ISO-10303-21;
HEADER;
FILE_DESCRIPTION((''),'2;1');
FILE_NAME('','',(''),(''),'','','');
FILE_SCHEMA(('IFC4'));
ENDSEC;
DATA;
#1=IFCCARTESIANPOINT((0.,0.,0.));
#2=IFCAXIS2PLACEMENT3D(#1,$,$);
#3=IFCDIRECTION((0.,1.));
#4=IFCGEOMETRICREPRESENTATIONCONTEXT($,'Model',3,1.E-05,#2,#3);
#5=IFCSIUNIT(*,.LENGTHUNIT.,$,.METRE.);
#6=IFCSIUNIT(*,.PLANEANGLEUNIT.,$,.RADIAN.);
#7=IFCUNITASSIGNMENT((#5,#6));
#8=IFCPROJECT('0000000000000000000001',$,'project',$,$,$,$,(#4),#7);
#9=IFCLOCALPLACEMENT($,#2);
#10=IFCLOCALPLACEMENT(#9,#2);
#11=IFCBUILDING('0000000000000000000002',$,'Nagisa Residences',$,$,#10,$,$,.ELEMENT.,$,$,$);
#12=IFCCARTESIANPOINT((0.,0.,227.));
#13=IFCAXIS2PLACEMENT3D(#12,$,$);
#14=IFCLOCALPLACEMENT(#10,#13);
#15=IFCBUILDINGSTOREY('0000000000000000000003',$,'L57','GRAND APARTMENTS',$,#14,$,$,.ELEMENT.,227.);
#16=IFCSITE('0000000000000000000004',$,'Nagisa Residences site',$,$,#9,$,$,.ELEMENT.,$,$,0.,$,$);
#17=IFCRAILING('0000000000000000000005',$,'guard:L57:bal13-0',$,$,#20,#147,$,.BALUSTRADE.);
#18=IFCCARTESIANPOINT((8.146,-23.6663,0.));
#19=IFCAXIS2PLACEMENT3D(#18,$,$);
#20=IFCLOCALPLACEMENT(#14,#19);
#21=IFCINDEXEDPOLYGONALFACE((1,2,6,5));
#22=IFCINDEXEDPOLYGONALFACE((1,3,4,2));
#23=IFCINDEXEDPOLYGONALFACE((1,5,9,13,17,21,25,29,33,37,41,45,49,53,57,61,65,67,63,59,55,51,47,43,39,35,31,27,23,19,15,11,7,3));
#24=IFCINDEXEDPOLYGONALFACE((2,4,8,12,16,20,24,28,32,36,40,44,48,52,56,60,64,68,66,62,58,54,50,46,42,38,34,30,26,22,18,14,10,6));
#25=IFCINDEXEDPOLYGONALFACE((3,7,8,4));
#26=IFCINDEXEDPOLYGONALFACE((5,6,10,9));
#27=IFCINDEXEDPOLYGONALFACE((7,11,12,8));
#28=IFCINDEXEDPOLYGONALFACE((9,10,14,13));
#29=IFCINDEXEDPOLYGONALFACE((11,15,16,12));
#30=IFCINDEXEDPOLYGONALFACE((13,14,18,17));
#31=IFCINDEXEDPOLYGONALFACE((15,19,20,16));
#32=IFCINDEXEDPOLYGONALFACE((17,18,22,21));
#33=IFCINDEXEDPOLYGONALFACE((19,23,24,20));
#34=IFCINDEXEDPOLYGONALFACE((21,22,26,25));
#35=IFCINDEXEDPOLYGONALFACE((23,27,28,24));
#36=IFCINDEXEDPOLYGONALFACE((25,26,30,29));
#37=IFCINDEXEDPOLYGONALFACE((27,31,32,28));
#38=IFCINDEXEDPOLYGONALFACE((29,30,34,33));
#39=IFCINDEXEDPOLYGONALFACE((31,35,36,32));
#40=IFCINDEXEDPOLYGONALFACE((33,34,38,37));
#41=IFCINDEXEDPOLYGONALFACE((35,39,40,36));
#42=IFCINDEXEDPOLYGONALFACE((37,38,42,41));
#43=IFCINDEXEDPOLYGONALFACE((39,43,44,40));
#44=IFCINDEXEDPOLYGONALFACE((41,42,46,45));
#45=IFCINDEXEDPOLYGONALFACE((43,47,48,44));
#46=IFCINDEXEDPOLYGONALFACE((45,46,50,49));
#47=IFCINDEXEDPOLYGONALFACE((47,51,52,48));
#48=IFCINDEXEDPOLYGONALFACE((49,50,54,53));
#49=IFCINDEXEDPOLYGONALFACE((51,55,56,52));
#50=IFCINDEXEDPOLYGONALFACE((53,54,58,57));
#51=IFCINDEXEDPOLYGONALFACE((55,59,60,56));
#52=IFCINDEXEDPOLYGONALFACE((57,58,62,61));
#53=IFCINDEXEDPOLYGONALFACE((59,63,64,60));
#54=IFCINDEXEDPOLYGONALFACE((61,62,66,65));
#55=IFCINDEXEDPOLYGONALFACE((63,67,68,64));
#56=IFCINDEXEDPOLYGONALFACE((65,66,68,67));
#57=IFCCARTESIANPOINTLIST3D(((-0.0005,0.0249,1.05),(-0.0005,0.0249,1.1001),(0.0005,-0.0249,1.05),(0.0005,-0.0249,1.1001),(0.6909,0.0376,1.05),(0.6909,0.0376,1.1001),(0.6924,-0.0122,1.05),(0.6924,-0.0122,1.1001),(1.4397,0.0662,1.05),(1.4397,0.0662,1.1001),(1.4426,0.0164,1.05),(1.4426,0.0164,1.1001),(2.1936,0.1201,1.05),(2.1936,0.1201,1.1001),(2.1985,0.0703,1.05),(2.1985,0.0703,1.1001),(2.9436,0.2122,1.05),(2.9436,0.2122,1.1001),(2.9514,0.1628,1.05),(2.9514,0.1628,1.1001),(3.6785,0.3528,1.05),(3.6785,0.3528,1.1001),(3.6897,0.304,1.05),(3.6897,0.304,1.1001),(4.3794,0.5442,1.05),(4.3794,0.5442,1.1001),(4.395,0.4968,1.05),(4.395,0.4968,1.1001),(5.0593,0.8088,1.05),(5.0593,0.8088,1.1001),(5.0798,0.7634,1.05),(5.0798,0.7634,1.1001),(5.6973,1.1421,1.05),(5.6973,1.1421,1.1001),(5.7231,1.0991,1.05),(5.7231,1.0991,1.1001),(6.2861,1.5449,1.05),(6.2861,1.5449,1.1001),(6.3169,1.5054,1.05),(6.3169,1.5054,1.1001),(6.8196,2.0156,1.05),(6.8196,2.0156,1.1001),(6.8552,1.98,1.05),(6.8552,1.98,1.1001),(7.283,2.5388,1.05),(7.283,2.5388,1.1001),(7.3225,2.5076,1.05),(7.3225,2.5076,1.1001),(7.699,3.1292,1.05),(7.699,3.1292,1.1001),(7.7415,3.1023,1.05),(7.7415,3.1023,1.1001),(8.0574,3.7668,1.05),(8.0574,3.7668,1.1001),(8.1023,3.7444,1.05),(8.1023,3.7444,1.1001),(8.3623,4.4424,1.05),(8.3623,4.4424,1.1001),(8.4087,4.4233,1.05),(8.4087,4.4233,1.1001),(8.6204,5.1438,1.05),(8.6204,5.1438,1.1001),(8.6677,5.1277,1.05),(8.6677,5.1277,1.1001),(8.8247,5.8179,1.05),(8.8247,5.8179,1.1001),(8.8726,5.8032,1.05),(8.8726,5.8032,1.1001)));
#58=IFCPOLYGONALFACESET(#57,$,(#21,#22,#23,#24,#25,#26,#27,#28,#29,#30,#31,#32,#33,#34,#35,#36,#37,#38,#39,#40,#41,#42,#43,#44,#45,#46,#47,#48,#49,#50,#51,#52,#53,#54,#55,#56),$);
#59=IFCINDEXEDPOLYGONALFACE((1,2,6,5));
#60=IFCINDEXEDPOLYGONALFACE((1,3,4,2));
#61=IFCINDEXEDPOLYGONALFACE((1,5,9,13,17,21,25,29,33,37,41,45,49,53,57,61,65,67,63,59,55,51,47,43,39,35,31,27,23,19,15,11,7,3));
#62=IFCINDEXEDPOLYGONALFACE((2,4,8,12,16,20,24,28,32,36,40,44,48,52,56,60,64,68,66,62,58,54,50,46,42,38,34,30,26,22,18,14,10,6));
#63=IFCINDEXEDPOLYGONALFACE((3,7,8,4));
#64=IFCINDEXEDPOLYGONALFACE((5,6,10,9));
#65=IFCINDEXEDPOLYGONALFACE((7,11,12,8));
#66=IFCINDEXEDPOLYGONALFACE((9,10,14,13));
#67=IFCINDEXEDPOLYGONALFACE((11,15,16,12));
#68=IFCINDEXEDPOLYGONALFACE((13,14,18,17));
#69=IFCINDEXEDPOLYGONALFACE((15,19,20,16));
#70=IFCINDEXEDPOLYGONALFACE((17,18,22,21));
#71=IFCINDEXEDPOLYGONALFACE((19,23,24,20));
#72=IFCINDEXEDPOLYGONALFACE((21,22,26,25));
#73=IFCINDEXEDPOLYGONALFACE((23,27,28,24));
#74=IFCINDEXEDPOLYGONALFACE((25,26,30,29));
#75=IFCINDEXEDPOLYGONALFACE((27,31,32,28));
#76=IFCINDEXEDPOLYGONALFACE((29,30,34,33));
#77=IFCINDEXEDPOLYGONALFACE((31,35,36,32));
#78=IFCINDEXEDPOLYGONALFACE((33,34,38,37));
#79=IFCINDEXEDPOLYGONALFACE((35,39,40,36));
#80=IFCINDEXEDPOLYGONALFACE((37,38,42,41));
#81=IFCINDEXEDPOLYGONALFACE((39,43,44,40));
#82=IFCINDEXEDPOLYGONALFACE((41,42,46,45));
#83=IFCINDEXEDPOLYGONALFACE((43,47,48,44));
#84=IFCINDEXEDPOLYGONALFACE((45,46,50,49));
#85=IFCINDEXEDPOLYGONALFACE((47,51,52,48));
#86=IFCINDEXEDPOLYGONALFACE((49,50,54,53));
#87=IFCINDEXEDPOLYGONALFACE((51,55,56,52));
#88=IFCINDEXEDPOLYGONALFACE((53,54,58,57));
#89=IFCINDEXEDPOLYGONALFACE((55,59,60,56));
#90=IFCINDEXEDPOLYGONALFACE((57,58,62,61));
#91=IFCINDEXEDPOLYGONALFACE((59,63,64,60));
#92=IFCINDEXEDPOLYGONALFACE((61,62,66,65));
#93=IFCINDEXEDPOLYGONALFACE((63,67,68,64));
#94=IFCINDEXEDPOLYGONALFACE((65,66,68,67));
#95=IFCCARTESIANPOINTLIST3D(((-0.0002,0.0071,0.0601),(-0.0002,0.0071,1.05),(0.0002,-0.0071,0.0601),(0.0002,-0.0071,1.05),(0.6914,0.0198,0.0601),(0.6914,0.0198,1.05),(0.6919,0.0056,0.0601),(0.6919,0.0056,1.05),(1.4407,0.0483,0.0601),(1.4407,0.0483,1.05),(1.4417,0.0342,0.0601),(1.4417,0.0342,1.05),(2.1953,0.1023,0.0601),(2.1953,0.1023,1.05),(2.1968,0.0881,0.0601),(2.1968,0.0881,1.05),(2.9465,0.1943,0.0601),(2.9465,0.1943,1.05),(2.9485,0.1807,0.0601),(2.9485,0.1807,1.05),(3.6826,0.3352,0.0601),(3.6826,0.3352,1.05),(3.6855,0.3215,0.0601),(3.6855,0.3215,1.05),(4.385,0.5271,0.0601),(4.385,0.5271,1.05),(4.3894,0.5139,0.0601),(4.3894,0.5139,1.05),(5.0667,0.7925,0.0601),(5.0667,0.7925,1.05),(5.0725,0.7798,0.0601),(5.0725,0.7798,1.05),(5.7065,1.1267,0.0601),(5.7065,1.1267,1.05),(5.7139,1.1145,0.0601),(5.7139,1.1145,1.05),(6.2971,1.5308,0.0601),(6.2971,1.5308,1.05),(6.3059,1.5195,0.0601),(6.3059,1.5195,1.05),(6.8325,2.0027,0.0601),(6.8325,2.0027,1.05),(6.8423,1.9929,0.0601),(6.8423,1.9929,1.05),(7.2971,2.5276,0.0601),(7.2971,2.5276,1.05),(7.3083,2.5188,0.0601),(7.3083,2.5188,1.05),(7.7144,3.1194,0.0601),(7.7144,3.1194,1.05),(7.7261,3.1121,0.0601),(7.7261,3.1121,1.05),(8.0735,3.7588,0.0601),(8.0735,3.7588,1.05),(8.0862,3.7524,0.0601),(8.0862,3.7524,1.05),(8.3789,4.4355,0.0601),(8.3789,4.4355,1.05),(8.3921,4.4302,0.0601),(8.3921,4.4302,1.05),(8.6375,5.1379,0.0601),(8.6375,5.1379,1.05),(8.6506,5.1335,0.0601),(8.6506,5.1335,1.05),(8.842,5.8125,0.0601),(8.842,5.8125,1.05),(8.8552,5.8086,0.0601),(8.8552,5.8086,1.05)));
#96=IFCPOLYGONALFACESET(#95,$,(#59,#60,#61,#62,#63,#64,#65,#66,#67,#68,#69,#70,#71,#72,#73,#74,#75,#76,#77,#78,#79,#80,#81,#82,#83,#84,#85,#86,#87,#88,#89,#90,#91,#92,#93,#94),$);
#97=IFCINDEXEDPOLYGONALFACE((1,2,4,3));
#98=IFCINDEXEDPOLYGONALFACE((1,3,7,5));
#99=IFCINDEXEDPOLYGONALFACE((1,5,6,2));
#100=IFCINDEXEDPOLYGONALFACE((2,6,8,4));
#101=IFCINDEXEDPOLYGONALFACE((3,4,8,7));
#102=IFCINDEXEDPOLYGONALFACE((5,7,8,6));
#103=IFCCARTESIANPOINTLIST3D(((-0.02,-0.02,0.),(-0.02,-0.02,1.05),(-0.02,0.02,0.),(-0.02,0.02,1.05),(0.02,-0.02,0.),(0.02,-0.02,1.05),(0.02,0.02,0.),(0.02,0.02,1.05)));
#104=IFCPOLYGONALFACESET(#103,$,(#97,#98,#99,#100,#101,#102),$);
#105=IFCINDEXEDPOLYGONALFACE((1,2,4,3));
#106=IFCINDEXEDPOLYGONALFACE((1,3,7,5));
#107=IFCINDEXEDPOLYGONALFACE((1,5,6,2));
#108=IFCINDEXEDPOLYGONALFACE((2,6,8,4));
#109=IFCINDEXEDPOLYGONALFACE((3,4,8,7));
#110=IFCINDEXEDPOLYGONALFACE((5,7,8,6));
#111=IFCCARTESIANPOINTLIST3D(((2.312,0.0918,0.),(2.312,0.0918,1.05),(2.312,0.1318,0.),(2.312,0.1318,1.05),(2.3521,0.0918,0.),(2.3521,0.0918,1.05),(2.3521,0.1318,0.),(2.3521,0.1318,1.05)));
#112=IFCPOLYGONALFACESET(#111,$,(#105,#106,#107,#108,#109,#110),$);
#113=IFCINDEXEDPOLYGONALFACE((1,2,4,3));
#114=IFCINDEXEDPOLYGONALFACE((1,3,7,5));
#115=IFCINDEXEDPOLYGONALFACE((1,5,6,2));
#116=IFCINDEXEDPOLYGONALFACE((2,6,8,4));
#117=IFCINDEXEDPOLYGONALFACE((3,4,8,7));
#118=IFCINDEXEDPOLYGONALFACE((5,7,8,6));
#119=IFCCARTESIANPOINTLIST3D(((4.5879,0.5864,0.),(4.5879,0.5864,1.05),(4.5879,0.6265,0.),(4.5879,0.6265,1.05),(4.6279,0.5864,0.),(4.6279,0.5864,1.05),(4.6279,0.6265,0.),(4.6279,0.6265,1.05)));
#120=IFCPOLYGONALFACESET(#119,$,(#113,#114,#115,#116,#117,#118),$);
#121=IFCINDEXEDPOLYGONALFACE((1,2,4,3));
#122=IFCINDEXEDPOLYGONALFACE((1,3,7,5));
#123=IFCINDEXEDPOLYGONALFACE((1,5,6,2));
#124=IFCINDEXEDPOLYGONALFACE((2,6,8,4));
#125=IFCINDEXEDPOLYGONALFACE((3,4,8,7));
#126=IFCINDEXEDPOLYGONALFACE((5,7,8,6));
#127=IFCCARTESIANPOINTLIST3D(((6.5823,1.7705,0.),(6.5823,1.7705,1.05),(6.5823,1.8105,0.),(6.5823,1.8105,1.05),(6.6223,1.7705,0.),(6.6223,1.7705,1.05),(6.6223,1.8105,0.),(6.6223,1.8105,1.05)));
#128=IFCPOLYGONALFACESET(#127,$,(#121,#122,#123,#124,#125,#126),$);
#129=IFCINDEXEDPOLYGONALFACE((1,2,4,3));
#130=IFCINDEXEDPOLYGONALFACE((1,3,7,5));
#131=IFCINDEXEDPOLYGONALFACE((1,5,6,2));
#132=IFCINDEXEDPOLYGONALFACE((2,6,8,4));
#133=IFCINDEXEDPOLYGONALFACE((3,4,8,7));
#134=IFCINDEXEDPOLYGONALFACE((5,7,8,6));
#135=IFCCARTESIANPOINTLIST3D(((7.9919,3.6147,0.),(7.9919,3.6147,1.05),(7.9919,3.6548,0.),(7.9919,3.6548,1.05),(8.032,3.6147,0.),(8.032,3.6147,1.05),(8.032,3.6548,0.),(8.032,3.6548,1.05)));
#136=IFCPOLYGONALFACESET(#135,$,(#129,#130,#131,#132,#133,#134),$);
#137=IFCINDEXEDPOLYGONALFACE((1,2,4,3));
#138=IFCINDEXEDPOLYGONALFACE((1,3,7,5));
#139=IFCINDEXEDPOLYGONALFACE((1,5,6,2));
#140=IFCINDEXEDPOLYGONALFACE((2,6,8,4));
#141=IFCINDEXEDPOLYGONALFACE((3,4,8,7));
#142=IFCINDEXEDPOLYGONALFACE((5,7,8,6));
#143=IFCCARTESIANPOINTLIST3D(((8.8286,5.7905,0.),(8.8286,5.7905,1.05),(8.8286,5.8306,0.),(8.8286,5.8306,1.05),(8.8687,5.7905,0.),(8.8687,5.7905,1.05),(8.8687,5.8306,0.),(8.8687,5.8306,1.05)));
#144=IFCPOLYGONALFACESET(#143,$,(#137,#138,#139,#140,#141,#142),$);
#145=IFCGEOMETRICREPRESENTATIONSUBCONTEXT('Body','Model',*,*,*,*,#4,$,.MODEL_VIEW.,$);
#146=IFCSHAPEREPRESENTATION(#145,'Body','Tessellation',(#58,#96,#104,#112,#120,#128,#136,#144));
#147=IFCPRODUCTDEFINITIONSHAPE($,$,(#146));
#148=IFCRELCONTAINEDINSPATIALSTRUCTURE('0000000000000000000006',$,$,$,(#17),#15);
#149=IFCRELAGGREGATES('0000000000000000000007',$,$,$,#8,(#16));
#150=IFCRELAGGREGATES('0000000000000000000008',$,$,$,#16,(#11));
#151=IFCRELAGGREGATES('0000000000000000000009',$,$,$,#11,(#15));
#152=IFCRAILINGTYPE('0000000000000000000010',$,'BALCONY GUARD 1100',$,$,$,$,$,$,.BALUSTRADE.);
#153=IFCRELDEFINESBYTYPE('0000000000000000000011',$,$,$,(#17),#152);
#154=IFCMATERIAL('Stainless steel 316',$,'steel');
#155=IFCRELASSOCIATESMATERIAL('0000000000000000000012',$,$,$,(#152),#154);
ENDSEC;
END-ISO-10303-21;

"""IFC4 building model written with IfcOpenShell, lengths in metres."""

from ifc_helpers import new_model, si_unit, direction, frame, origin, origin_2d, place, context, subcontext, project, spatial, polyline, rectangle, outline, extrude, material, type_object, element, save


model = new_model("IFC4")

# Units and contexts
model_context = context("Model", 3, precision=1e-05, world=origin(), true_north=direction((0.0, 1.0)))
body_context = subcontext(model_context, "Body", "Model", "MODEL_VIEW")
ifc_project = project(units=[si_unit("LENGTHUNIT", "METRE"), si_unit("PLANEANGLEUNIT", "RADIAN")], contexts=[model_context])

# Site, building, storey
site_placement = place(None, origin())
site = spatial("IfcSite", under=ifc_project, at=site_placement, Name="Nagisa Residences site", CompositionType="ELEMENT", RefElevation=0.0)
building_placement = place(site_placement, origin())
building = spatial("IfcBuilding", under=site, at=building_placement, Name="Nagisa Residences", CompositionType="ELEMENT")
storey_placement = place(building_placement, frame((0.0, 0.0, 227.0)))
storey = spatial("IfcBuildingStorey", under=building, at=storey_placement, Name="L57", Description="GRAND APARTMENTS", CompositionType="ELEMENT", Elevation=227.0)

# Railing
ifc_material_1 = material(Name="Stainless steel 316", Category="steel")
railing_type = type_object("IfcRailingType", Name="BALCONY GUARD 1100", PredefinedType="BALUSTRADE", material=ifc_material_1)
railing_1_placement = place(storey_placement, frame((8.146, -23.6663, 0.0)))
element("IfcRailing", 1, at=railing_1_placement, inside=storey, type_object=railing_type, Name="guard:L57:bal13-0", PredefinedType="BALUSTRADE", context=body_context, shape_type="SweptSolid", body=[
    extrude(outline(polyline([(0.6909, 0.0376), (-0.0005, 0.0249), (0.0005, -0.0249), (0.6924, -0.0122), (1.4426, 0.0164), (2.1985, 0.0703), (2.9514, 0.1628), (3.6897, 0.304), (4.395, 0.4968), (5.0798, 0.7634), (5.7231, 1.0991), (6.3169, 1.5054), (6.8552, 1.98), (7.3225, 2.5076), (7.7415, 3.1023), (8.1023, 3.7444), (8.4087, 4.4233), (8.6677, 5.1277), (8.8726, 5.8032), (8.8247, 5.8179), (8.6204, 5.1438), (8.3623, 4.4424), (8.0574, 3.7668), (7.699, 3.1292), (7.283, 2.5388), (6.8196, 2.0156), (6.2861, 1.5449), (5.6973, 1.1421), (5.0593, 0.8088), (4.3794, 0.5442), (3.6785, 0.3528), (2.9436, 0.2122), (2.1936, 0.1201), (1.4397, 0.0662), (0.6909, 0.0376)])), frame((0.0, 0.0, 1.05)), (0.0, 0.0, 1.0), 0.05),
    extrude(outline(polyline([(0.6914, 0.0198), (-0.0002, 0.0071), (0.0002, -0.0071), (0.6919, 0.0056), (1.4417, 0.0342), (2.1968, 0.0881), (2.9485, 0.1807), (3.6855, 0.3215), (4.3894, 0.5139), (5.0725, 0.7798), (5.7139, 1.1145), (6.3059, 1.5195), (6.8423, 1.9929), (7.3083, 2.5188), (7.7261, 3.1121), (8.0862, 3.7524), (8.3921, 4.4302), (8.6506, 5.1335), (8.8552, 5.8086), (8.842, 5.8125), (8.6375, 5.1379), (8.3789, 4.4355), (8.0735, 3.7588), (7.7144, 3.1194), (7.2971, 2.5276), (6.8325, 2.0027), (6.2971, 1.5308), (5.7065, 1.1267), (5.0667, 0.7925), (4.385, 0.5271), (3.6826, 0.3352), (2.9465, 0.1943), (2.1953, 0.1023), (1.4407, 0.0483), (0.6914, 0.0198)])), frame((0.0, 0.0, 0.0601)), (0.0, 0.0, 1.0), 0.99),
    extrude(rectangle(XDim=0.04, YDim=0.04, at=origin_2d()), origin(), (0.0, 0.0, 1.0), 1.05),
    extrude(rectangle(XDim=0.04, YDim=0.04, at=origin_2d()), frame((2.332, 0.1118, 0.0)), (0.0, 0.0, 1.0), 1.05),
    extrude(rectangle(XDim=0.04, YDim=0.04, at=origin_2d()), frame((4.6079, 0.6064, 0.0)), (0.0, 0.0, 1.0), 1.05),
    extrude(rectangle(XDim=0.04, YDim=0.04, at=origin_2d()), frame((6.6023, 1.7905, 0.0)), (0.0, 0.0, 1.0), 1.05),
    extrude(rectangle(XDim=0.04, YDim=0.04, at=origin_2d()), frame((8.012, 3.6348, 0.0)), (0.0, 0.0, 1.0), 1.05),
    extrude(rectangle(XDim=0.04, YDim=0.04, at=origin_2d()), frame((8.8486, 5.8105, 0.0)), (0.0, 0.0, 1.0), 1.05),
])

save(model, "model.ifc")
